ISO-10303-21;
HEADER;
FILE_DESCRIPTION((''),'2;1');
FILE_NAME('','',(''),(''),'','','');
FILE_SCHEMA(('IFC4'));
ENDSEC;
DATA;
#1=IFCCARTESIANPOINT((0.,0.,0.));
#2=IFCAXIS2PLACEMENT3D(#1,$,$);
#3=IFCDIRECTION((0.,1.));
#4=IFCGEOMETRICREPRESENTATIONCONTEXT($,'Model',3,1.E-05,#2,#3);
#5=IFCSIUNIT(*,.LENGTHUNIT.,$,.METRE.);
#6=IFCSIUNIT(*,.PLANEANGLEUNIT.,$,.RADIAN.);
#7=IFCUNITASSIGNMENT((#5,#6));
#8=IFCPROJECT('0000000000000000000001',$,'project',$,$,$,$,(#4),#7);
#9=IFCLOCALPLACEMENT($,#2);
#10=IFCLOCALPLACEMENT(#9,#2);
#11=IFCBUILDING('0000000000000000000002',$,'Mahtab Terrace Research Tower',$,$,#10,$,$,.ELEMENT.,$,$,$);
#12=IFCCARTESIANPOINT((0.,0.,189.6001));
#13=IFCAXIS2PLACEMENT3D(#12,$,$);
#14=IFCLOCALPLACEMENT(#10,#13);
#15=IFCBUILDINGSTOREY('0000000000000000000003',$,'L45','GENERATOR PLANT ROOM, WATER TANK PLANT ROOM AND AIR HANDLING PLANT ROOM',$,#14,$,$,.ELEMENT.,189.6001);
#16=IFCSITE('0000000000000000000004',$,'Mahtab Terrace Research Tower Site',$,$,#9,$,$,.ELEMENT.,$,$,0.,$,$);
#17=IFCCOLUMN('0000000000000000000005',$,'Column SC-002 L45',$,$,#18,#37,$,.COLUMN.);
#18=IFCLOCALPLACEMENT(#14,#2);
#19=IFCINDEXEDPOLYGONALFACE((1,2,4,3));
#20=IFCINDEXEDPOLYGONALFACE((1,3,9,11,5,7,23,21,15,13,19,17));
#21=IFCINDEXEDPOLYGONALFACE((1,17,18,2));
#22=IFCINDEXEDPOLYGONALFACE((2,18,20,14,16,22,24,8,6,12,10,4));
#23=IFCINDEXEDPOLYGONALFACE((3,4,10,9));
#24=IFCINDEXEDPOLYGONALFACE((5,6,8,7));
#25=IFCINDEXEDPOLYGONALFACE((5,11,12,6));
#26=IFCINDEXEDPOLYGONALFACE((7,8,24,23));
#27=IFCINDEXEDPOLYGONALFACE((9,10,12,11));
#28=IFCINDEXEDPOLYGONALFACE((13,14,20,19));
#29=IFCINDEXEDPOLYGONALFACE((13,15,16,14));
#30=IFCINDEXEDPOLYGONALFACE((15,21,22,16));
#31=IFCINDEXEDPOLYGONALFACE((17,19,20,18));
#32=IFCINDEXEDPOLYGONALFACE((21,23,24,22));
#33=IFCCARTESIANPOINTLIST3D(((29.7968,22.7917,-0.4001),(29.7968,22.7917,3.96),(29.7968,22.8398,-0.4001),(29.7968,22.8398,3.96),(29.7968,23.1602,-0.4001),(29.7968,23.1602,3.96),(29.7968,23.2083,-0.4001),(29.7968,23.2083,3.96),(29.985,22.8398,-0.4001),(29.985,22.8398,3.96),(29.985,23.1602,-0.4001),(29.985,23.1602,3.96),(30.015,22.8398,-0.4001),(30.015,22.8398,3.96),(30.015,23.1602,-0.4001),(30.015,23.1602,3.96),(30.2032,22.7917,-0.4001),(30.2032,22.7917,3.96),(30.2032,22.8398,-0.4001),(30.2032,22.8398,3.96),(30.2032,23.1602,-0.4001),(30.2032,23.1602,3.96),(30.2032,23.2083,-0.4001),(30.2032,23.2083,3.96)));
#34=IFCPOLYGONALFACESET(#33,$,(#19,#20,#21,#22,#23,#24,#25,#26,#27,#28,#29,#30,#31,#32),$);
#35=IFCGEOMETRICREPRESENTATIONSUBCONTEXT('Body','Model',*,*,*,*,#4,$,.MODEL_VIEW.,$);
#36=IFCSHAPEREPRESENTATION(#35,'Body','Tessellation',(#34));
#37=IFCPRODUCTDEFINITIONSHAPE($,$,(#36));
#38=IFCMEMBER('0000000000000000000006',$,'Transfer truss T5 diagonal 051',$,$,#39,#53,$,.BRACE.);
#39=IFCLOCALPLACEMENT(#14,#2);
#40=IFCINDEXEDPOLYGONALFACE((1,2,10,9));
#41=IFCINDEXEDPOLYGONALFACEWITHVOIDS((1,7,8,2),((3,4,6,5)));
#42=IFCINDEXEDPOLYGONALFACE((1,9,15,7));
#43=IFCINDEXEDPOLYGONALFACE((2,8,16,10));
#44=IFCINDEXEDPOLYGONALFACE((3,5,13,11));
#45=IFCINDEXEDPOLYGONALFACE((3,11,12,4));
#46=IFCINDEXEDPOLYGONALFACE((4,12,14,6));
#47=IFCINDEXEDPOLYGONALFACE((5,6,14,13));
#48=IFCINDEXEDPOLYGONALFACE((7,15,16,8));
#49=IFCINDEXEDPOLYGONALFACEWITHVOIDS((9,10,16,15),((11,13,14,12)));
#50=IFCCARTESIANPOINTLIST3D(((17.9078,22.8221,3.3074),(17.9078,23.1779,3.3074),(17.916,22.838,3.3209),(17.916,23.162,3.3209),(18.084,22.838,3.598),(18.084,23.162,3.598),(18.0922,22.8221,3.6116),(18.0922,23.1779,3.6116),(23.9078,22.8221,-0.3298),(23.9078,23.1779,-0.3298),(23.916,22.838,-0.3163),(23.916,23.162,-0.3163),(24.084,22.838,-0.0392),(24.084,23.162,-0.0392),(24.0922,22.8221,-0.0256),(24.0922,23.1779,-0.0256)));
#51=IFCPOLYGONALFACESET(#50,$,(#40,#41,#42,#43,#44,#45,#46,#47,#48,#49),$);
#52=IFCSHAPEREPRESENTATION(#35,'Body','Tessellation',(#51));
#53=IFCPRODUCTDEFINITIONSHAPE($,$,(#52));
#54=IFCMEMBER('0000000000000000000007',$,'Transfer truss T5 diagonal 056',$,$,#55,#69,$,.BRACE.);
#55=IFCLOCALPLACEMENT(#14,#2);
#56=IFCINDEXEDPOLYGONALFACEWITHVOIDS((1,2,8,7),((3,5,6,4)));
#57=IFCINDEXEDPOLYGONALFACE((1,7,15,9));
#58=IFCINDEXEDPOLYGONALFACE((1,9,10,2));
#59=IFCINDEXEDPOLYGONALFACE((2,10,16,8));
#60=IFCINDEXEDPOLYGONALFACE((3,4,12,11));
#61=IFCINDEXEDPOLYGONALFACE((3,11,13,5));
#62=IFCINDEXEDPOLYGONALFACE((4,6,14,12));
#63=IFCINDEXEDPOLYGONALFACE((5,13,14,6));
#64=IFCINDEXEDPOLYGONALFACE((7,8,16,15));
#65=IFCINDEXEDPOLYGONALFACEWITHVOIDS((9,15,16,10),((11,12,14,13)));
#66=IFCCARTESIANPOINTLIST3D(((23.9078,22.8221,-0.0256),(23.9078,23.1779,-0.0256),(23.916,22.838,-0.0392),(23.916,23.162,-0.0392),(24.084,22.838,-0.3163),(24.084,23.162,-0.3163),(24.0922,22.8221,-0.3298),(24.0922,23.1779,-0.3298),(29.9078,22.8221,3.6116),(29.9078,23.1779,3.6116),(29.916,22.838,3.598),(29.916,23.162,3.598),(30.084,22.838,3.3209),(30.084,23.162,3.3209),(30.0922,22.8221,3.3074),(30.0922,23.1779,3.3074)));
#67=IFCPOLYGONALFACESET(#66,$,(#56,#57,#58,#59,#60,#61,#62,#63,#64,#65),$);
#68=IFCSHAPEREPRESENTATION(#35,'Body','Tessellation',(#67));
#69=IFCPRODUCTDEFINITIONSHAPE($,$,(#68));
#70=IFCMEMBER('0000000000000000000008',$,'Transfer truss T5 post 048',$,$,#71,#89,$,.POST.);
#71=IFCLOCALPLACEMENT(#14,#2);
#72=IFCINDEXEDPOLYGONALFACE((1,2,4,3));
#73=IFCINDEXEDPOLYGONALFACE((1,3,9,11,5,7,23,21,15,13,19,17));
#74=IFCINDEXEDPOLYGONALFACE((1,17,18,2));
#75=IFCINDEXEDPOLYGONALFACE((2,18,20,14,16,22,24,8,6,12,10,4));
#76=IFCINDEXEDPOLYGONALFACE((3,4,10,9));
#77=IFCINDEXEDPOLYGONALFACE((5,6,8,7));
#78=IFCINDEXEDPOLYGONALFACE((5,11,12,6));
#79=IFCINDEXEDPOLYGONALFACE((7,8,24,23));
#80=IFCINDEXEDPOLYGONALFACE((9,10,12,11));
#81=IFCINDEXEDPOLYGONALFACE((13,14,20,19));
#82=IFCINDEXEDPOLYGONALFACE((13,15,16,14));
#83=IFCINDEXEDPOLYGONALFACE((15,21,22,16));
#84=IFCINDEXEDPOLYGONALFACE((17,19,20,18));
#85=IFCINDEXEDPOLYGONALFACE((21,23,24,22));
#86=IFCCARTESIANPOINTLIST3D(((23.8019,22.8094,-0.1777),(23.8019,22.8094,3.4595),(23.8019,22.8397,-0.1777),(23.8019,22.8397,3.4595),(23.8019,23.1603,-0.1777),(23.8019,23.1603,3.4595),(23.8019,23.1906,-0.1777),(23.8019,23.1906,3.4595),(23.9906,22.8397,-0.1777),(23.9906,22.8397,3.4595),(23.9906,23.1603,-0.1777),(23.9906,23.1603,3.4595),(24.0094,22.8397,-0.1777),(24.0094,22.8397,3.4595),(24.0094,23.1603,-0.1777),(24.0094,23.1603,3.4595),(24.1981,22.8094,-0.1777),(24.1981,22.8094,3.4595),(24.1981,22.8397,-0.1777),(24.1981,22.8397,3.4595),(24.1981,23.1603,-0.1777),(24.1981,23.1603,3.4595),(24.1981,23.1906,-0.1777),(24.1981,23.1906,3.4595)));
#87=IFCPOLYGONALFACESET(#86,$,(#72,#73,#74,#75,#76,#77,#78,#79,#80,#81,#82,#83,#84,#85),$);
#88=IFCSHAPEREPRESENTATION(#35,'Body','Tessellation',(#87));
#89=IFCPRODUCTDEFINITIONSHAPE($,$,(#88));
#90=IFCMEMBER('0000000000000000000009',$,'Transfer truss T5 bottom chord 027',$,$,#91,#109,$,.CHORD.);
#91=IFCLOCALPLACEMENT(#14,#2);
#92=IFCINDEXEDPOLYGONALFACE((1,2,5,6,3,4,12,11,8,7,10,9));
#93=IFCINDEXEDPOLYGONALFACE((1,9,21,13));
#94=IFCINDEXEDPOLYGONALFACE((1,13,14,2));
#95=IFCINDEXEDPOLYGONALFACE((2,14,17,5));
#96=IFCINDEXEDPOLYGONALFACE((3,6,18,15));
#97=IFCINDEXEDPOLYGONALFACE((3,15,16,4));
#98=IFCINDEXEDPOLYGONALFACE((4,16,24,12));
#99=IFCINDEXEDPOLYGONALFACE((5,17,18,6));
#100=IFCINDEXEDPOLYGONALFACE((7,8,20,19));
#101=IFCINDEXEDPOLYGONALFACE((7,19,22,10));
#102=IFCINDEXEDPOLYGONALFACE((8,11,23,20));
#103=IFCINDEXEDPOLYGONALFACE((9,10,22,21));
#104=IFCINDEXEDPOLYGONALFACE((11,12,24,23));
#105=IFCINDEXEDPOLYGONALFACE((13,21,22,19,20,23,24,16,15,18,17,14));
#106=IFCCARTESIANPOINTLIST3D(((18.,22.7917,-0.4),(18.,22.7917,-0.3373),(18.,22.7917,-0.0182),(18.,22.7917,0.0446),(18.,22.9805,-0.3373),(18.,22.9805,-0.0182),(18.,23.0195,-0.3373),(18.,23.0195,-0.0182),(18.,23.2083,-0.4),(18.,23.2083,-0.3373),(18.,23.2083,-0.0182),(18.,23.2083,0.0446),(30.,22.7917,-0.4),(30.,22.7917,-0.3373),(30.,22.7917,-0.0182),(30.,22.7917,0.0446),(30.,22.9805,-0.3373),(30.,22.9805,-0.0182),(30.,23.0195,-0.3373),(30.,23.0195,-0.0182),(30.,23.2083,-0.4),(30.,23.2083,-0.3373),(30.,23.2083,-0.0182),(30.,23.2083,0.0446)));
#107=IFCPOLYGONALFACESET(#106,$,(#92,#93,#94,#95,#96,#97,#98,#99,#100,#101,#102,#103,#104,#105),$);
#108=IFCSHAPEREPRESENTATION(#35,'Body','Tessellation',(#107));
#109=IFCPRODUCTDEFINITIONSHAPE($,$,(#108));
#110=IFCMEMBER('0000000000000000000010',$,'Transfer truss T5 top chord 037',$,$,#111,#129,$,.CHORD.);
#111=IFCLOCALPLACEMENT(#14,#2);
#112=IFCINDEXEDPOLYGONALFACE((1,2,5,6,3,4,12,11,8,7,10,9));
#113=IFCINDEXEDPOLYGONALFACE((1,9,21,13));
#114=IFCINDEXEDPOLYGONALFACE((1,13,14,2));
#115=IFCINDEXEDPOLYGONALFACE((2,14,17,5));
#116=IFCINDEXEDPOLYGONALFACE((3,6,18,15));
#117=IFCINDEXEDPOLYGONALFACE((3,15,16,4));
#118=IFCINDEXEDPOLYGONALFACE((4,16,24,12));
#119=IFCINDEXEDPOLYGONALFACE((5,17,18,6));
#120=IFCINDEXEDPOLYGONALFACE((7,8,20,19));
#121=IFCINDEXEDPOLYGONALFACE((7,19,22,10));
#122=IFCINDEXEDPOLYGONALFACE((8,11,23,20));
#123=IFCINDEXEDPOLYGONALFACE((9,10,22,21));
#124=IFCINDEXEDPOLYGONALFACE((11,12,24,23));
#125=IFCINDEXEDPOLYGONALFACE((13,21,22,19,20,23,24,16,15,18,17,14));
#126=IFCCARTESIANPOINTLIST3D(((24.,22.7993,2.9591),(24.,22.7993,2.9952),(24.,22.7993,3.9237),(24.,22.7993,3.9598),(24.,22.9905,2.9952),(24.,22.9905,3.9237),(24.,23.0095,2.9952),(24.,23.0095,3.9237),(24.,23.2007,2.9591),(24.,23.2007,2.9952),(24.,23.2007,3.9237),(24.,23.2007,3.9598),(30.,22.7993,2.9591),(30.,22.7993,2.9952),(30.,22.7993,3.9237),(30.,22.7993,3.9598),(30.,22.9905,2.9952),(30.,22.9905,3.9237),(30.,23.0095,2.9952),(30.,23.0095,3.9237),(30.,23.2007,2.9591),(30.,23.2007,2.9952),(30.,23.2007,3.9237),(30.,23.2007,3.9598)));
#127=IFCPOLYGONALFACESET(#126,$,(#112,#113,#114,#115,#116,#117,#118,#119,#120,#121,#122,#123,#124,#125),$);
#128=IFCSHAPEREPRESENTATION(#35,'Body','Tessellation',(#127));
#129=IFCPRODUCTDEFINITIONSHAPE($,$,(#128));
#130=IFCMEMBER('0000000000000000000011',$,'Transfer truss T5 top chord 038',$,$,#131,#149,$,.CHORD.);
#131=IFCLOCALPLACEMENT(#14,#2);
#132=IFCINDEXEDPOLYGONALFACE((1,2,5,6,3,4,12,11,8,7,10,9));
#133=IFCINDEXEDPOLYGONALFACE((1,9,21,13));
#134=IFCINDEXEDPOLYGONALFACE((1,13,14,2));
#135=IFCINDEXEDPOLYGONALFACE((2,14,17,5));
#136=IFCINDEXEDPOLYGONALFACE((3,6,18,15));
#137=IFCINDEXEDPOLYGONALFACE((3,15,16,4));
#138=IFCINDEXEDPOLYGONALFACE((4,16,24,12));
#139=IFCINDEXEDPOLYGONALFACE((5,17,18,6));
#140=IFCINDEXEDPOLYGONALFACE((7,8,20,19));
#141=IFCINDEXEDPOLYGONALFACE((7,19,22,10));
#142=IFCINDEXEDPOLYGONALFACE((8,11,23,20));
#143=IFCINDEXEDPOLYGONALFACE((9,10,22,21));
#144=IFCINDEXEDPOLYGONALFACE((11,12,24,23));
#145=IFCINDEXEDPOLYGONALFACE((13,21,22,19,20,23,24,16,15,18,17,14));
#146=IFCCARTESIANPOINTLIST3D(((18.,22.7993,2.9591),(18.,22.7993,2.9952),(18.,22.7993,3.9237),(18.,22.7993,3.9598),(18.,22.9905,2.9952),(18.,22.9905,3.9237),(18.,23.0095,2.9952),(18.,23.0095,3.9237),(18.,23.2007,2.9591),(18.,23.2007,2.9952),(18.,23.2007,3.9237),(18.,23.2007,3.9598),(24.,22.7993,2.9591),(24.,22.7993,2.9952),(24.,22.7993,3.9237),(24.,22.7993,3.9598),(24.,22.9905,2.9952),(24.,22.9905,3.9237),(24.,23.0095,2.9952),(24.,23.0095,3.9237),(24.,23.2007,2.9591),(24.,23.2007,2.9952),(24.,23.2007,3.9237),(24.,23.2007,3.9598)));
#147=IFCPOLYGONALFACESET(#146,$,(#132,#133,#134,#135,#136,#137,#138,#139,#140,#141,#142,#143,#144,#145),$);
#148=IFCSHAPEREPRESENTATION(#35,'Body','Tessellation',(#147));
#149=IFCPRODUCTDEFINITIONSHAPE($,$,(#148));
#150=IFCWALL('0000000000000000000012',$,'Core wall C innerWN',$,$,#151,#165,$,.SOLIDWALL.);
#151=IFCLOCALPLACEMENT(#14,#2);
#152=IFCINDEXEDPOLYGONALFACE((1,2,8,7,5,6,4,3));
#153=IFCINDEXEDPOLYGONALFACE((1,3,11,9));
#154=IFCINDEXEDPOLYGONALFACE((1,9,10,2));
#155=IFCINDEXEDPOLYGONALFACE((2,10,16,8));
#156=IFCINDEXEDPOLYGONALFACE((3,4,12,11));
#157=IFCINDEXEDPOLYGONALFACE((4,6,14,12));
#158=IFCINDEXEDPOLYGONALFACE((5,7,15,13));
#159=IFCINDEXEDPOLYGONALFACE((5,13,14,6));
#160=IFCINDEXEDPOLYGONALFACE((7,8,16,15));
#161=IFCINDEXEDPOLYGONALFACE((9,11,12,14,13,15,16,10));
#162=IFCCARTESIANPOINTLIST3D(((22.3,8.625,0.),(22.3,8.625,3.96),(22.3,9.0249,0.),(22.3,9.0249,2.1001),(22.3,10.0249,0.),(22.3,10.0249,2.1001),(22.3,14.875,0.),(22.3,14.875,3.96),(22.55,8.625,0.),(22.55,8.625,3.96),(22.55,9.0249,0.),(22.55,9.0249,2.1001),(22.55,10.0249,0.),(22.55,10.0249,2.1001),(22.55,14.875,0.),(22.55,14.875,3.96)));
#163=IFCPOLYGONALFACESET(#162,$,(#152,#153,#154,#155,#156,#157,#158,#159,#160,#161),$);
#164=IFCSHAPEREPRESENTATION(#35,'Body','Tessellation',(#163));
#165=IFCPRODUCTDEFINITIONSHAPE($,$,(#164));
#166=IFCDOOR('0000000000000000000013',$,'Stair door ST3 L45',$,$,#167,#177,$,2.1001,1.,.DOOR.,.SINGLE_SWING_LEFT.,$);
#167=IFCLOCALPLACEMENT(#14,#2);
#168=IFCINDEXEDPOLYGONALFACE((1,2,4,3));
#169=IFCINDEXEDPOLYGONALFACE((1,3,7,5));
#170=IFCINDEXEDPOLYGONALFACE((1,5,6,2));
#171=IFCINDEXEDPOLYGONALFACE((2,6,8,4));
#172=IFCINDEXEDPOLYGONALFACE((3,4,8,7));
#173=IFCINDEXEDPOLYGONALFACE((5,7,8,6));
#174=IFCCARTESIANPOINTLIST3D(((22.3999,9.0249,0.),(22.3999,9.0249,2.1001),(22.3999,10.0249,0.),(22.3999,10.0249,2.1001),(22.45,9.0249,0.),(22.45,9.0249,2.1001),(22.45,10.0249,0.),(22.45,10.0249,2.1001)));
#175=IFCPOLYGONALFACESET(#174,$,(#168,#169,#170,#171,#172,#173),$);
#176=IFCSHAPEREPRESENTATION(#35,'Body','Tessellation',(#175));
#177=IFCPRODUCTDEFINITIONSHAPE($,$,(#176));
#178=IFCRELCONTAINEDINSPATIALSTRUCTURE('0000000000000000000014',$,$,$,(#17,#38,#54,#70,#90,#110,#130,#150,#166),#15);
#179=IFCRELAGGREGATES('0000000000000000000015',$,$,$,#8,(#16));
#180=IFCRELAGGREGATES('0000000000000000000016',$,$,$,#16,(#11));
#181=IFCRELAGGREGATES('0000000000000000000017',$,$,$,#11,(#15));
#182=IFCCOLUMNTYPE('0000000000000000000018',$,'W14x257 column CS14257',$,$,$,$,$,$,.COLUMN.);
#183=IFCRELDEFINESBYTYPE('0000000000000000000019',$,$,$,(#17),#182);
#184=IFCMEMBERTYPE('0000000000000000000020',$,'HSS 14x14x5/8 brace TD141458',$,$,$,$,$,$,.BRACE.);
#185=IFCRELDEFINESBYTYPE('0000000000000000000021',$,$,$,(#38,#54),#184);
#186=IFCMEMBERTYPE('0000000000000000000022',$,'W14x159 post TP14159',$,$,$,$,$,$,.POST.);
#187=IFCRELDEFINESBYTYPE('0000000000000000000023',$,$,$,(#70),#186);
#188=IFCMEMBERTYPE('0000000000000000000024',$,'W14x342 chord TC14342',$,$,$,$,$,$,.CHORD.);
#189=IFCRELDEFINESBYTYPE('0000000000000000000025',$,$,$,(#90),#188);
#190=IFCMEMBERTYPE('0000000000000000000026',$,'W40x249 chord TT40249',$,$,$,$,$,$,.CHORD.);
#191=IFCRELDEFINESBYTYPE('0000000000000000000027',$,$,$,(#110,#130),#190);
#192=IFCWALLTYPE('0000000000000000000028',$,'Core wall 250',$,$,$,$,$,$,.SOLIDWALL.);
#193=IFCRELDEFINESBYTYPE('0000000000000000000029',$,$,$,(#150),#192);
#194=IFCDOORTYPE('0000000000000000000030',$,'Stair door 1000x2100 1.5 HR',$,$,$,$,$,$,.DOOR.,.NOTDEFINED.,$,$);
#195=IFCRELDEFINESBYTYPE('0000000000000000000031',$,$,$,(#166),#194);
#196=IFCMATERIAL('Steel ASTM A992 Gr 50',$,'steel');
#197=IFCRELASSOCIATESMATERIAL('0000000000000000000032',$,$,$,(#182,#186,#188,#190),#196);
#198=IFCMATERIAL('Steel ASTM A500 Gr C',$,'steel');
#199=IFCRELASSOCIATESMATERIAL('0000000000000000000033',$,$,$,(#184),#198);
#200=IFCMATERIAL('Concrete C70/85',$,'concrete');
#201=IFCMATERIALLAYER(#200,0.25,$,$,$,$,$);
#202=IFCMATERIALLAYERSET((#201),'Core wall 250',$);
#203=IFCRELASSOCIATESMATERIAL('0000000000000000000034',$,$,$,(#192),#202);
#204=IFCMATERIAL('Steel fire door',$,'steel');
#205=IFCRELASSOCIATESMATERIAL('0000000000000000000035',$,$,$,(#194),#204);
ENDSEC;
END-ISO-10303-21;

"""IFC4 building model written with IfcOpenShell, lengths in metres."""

from ifc_helpers import new_model, si_unit, direction, frame, frame_2d, origin, origin_2d, place, context, subcontext, project, spatial, rectangle, hollow_rectangle, i_section, extrude, material, layer, layer_set, material_profile, profile_set, type_object, element, fill, save


model = new_model("IFC4")

# Units and contexts
model_context = context("Model", 3, precision=1e-05, world=origin(), true_north=direction((0.0, 1.0)))
body_context = subcontext(model_context, "Body", "Model", "MODEL_VIEW")
ifc_project = project(units=[si_unit("LENGTHUNIT", "METRE"), si_unit("PLANEANGLEUNIT", "RADIAN")], contexts=[model_context])

# Site, building, storey
site_placement = place(None, origin())
site = spatial("IfcSite", under=ifc_project, at=site_placement, Name="Mahtab Terrace Research Tower Site", CompositionType="ELEMENT", RefElevation=0.0)
building_placement = place(site_placement, origin())
building = spatial("IfcBuilding", under=site, at=building_placement, Name="Mahtab Terrace Research Tower", CompositionType="ELEMENT")
storey_placement = place(building_placement, frame((0.0, 0.0, 189.6001)))
storey = spatial("IfcBuildingStorey", under=building, at=storey_placement, Name="L45", Description="GENERATOR PLANT ROOM, WATER TANK PLANT ROOM AND AIR HANDLING PLANT ROOM", CompositionType="ELEMENT", Elevation=189.6001)

# Column
ifc_material_1 = material(Name="Steel ASTM A992 Gr 50", Category="steel")
ifc_material_profile_1 = material_profile(ifc_material_1, i_section(OverallWidth=0.4065, OverallDepth=0.4165, WebThickness=0.03, FlangeThickness=0.0481, at=origin_2d()), Name="W14X257")
ifc_profile_set_1 = profile_set([ifc_material_profile_1], Name="Steel ASTM A992 Gr 50")
column_type = type_object("IfcColumnType", Name="W14x257 column CS14257", PredefinedType="COLUMN", material=ifc_profile_set_1)
column_placement = place(storey_placement, frame((30.0, 23.0, -0.4001), z_axis=(0.0, 0.0, 1.0), x_axis=(1.0, 0.0, 0.0)))
element("IfcColumn", 1, at=column_placement, inside=storey, type_object=column_type, Name="Column SC-002 L45", PredefinedType="COLUMN", context=body_context, shape_type="SweptSolid", body=[
    extrude(i_section(OverallWidth=0.4065, OverallDepth=0.4165, WebThickness=0.03, FlangeThickness=0.0481, at=origin_2d()), origin(), (0.0, 0.0, 1.0), 4.3601),
])

# Members
ifc_material_2 = material(Name="Steel ASTM A500 Gr C", Category="steel")
ifc_material_profile_2 = material_profile(ifc_material_2, hollow_rectangle(XDim=0.3557, YDim=0.3557, WallThickness=0.0159, at=origin_2d()), Name="HSS14X14X5/8")
ifc_profile_set_2 = profile_set([ifc_material_profile_2], Name="Steel ASTM A500 Gr C")
member_type_1 = type_object("IfcMemberType", Name="HSS 14x14x5/8 brace TD141458", PredefinedType="BRACE", material=ifc_profile_set_2)
for number, where, z_axis, x_axis, name in (
    (2, (24.0, 23.0, -0.1777), (-0.855145, 0.0, 0.51839), (0.0, -1.0, 0.0), "Transfer truss T5 diagonal 051"),
    (3, (24.0, 23.0, -0.1777), (0.855145, 0.0, 0.51839), (0.0, 1.0, 0.0), "Transfer truss T5 diagonal 056"),
):
    element("IfcMember", number, at=place(storey_placement, frame(where, z_axis=z_axis, x_axis=x_axis)), inside=storey, type_object=member_type_1, Name=name, PredefinedType="BRACE", context=body_context, shape_type="SweptSolid", body=[
        extrude(hollow_rectangle(XDim=0.3557, YDim=0.3557, WallThickness=0.0159, at=origin_2d()), origin(), (0.0, 0.0, 1.0), 7.0164),
    ])
ifc_material_profile_3 = material_profile(ifc_material_1, i_section(OverallWidth=0.3962, OverallDepth=0.3811, WebThickness=0.0188, FlangeThickness=0.0303, at=origin_2d()), Name="W14X159")
ifc_profile_set_3 = profile_set([ifc_material_profile_3], Name="Steel ASTM A992 Gr 50")
member_type_2 = type_object("IfcMemberType", Name="W14x159 post TP14159", PredefinedType="POST", material=ifc_profile_set_3)
member_1_placement = place(storey_placement, frame((24.0, 23.0, -0.1777), z_axis=(0.0, 0.0, 1.0), x_axis=(1.0, 0.0, 0.0)))
element("IfcMember", 4, at=member_1_placement, inside=storey, type_object=member_type_2, Name="Transfer truss T5 post 048", PredefinedType="POST", context=body_context, shape_type="SweptSolid", body=[
    extrude(i_section(OverallWidth=0.3962, OverallDepth=0.3811, WebThickness=0.0188, FlangeThickness=0.0303, at=origin_2d()), origin(), (0.0, 0.0, 1.0), 3.6372),
])
ifc_material_profile_4 = material_profile(ifc_material_1, i_section(OverallWidth=0.4165, OverallDepth=0.4446, WebThickness=0.0391, FlangeThickness=0.0627, at=origin_2d()), Name="W14X342")
ifc_profile_set_4 = profile_set([ifc_material_profile_4], Name="Steel ASTM A992 Gr 50")
member_type_3 = type_object("IfcMemberType", Name="W14x342 chord TC14342", PredefinedType="CHORD", material=ifc_profile_set_4)
member_2_placement = place(storey_placement, frame((30.0, 23.0, -0.1777), z_axis=(-1.0, 0.0, 0.0), x_axis=(0.0, -1.0, 0.0)))
element("IfcMember", 5, at=member_2_placement, inside=storey, type_object=member_type_3, Name="Transfer truss T5 bottom chord 027", PredefinedType="CHORD", context=body_context, shape_type="SweptSolid", body=[
    extrude(i_section(OverallWidth=0.4165, OverallDepth=0.4446, WebThickness=0.0391, FlangeThickness=0.0627, at=origin_2d()), origin(), (0.0, 0.0, 1.0), 12.0),
])
ifc_material_profile_5 = material_profile(ifc_material_1, i_section(OverallWidth=0.4014, OverallDepth=1.0007, WebThickness=0.019, FlangeThickness=0.0361, at=origin_2d()), Name="W40X249")
ifc_profile_set_5 = profile_set([ifc_material_profile_5], Name="Steel ASTM A992 Gr 50")
member_type_4 = type_object("IfcMemberType", Name="W40x249 chord TT40249", PredefinedType="CHORD", material=ifc_profile_set_5)
for number, where, z_axis, x_axis, name in (
    (6, (30.0, 23.0, 3.4595), (-1.0, 0.0, 0.0), (0.0, -1.0, 0.0), "Transfer truss T5 top chord 037"),
    (7, (24.0, 23.0, 3.4595), (-1.0, 0.0, 0.0), (0.0, -1.0, 0.0), "Transfer truss T5 top chord 038"),
):
    element("IfcMember", number, at=place(storey_placement, frame(where, z_axis=z_axis, x_axis=x_axis)), inside=storey, type_object=member_type_4, Name=name, PredefinedType="CHORD", context=body_context, shape_type="SweptSolid", body=[
        extrude(i_section(OverallWidth=0.4014, OverallDepth=1.0007, WebThickness=0.019, FlangeThickness=0.0361, at=origin_2d()), origin(), (0.0, 0.0, 1.0), 6.0),
    ])

# Wall, opening, door
ifc_material_3 = material(Name="Concrete C70/85", Category="concrete")
ifc_layer_1 = layer(ifc_material_3, 0.25)
ifc_layer_set_1 = layer_set([ifc_layer_1], Name="Core wall 250")
wall_type_1 = type_object("IfcWallType", Name="Core wall 250", PredefinedType="SOLIDWALL", material=ifc_layer_set_1)
wall_1_placement = place(storey_placement, frame((22.425, 14.875, 0.0), z_axis=(0.0, 0.0, 1.0), x_axis=(0.0, -1.0, 0.0)))
wall_1 = element("IfcWall", 8, at=wall_1_placement, inside=storey, type_object=wall_type_1, Name="Core wall C innerWN", PredefinedType="SOLIDWALL", context=body_context, shape_type="SweptSolid", body=[
    extrude(rectangle(XDim=6.25, YDim=0.25, at=frame_2d((3.125, 0.0))), origin(), (0.0, 0.0, 1.0), 3.96),
])
opening_1_placement = place(wall_1_placement, frame((4.8501, 0.0, 0.0)))
opening_1 = element("IfcOpeningElement", 9, at=opening_1_placement, cuts=wall_1, PredefinedType="OPENING", context=body_context, shape_type="SweptSolid", body=[
    extrude(rectangle(XDim=1.0, YDim=2.1001, at=frame_2d((0.5, 1.05))), frame((0.0, 0.135, 0.0), z_axis=(0.0, -1.0, 0.0), x_axis=(1.0, 0.0, 0.0)), (0.0, 0.0, 1.0), 0.27),
])
ifc_material_4 = material(Name="Steel fire door", Category="steel")
door_type_1 = type_object("IfcDoorType", Name="Stair door 1000x2100 1.5 HR", OperationType="NOTDEFINED", PredefinedType="DOOR", material=ifc_material_4)
door_1_placement = place(opening_1_placement, origin())
door_1 = element("IfcDoor", 10, at=door_1_placement, inside=storey, type_object=door_type_1, Name="Stair door ST3 L45", OperationType="SINGLE_SWING_LEFT", OverallHeight=2.1001, OverallWidth=1.0, PredefinedType="DOOR", context=body_context, shape_type="SweptSolid", body=[
    extrude(rectangle(XDim=1.0, YDim=2.1001, at=frame_2d((0.5, 1.05))), frame((0.0, 0.0249, 0.0), z_axis=(0.0, -1.0, 0.0), x_axis=(1.0, 0.0, 0.0)), (0.0, 0.0, 1.0), 0.05),
])
fill(opening_1, door_1)

save(model, "model.ifc")
